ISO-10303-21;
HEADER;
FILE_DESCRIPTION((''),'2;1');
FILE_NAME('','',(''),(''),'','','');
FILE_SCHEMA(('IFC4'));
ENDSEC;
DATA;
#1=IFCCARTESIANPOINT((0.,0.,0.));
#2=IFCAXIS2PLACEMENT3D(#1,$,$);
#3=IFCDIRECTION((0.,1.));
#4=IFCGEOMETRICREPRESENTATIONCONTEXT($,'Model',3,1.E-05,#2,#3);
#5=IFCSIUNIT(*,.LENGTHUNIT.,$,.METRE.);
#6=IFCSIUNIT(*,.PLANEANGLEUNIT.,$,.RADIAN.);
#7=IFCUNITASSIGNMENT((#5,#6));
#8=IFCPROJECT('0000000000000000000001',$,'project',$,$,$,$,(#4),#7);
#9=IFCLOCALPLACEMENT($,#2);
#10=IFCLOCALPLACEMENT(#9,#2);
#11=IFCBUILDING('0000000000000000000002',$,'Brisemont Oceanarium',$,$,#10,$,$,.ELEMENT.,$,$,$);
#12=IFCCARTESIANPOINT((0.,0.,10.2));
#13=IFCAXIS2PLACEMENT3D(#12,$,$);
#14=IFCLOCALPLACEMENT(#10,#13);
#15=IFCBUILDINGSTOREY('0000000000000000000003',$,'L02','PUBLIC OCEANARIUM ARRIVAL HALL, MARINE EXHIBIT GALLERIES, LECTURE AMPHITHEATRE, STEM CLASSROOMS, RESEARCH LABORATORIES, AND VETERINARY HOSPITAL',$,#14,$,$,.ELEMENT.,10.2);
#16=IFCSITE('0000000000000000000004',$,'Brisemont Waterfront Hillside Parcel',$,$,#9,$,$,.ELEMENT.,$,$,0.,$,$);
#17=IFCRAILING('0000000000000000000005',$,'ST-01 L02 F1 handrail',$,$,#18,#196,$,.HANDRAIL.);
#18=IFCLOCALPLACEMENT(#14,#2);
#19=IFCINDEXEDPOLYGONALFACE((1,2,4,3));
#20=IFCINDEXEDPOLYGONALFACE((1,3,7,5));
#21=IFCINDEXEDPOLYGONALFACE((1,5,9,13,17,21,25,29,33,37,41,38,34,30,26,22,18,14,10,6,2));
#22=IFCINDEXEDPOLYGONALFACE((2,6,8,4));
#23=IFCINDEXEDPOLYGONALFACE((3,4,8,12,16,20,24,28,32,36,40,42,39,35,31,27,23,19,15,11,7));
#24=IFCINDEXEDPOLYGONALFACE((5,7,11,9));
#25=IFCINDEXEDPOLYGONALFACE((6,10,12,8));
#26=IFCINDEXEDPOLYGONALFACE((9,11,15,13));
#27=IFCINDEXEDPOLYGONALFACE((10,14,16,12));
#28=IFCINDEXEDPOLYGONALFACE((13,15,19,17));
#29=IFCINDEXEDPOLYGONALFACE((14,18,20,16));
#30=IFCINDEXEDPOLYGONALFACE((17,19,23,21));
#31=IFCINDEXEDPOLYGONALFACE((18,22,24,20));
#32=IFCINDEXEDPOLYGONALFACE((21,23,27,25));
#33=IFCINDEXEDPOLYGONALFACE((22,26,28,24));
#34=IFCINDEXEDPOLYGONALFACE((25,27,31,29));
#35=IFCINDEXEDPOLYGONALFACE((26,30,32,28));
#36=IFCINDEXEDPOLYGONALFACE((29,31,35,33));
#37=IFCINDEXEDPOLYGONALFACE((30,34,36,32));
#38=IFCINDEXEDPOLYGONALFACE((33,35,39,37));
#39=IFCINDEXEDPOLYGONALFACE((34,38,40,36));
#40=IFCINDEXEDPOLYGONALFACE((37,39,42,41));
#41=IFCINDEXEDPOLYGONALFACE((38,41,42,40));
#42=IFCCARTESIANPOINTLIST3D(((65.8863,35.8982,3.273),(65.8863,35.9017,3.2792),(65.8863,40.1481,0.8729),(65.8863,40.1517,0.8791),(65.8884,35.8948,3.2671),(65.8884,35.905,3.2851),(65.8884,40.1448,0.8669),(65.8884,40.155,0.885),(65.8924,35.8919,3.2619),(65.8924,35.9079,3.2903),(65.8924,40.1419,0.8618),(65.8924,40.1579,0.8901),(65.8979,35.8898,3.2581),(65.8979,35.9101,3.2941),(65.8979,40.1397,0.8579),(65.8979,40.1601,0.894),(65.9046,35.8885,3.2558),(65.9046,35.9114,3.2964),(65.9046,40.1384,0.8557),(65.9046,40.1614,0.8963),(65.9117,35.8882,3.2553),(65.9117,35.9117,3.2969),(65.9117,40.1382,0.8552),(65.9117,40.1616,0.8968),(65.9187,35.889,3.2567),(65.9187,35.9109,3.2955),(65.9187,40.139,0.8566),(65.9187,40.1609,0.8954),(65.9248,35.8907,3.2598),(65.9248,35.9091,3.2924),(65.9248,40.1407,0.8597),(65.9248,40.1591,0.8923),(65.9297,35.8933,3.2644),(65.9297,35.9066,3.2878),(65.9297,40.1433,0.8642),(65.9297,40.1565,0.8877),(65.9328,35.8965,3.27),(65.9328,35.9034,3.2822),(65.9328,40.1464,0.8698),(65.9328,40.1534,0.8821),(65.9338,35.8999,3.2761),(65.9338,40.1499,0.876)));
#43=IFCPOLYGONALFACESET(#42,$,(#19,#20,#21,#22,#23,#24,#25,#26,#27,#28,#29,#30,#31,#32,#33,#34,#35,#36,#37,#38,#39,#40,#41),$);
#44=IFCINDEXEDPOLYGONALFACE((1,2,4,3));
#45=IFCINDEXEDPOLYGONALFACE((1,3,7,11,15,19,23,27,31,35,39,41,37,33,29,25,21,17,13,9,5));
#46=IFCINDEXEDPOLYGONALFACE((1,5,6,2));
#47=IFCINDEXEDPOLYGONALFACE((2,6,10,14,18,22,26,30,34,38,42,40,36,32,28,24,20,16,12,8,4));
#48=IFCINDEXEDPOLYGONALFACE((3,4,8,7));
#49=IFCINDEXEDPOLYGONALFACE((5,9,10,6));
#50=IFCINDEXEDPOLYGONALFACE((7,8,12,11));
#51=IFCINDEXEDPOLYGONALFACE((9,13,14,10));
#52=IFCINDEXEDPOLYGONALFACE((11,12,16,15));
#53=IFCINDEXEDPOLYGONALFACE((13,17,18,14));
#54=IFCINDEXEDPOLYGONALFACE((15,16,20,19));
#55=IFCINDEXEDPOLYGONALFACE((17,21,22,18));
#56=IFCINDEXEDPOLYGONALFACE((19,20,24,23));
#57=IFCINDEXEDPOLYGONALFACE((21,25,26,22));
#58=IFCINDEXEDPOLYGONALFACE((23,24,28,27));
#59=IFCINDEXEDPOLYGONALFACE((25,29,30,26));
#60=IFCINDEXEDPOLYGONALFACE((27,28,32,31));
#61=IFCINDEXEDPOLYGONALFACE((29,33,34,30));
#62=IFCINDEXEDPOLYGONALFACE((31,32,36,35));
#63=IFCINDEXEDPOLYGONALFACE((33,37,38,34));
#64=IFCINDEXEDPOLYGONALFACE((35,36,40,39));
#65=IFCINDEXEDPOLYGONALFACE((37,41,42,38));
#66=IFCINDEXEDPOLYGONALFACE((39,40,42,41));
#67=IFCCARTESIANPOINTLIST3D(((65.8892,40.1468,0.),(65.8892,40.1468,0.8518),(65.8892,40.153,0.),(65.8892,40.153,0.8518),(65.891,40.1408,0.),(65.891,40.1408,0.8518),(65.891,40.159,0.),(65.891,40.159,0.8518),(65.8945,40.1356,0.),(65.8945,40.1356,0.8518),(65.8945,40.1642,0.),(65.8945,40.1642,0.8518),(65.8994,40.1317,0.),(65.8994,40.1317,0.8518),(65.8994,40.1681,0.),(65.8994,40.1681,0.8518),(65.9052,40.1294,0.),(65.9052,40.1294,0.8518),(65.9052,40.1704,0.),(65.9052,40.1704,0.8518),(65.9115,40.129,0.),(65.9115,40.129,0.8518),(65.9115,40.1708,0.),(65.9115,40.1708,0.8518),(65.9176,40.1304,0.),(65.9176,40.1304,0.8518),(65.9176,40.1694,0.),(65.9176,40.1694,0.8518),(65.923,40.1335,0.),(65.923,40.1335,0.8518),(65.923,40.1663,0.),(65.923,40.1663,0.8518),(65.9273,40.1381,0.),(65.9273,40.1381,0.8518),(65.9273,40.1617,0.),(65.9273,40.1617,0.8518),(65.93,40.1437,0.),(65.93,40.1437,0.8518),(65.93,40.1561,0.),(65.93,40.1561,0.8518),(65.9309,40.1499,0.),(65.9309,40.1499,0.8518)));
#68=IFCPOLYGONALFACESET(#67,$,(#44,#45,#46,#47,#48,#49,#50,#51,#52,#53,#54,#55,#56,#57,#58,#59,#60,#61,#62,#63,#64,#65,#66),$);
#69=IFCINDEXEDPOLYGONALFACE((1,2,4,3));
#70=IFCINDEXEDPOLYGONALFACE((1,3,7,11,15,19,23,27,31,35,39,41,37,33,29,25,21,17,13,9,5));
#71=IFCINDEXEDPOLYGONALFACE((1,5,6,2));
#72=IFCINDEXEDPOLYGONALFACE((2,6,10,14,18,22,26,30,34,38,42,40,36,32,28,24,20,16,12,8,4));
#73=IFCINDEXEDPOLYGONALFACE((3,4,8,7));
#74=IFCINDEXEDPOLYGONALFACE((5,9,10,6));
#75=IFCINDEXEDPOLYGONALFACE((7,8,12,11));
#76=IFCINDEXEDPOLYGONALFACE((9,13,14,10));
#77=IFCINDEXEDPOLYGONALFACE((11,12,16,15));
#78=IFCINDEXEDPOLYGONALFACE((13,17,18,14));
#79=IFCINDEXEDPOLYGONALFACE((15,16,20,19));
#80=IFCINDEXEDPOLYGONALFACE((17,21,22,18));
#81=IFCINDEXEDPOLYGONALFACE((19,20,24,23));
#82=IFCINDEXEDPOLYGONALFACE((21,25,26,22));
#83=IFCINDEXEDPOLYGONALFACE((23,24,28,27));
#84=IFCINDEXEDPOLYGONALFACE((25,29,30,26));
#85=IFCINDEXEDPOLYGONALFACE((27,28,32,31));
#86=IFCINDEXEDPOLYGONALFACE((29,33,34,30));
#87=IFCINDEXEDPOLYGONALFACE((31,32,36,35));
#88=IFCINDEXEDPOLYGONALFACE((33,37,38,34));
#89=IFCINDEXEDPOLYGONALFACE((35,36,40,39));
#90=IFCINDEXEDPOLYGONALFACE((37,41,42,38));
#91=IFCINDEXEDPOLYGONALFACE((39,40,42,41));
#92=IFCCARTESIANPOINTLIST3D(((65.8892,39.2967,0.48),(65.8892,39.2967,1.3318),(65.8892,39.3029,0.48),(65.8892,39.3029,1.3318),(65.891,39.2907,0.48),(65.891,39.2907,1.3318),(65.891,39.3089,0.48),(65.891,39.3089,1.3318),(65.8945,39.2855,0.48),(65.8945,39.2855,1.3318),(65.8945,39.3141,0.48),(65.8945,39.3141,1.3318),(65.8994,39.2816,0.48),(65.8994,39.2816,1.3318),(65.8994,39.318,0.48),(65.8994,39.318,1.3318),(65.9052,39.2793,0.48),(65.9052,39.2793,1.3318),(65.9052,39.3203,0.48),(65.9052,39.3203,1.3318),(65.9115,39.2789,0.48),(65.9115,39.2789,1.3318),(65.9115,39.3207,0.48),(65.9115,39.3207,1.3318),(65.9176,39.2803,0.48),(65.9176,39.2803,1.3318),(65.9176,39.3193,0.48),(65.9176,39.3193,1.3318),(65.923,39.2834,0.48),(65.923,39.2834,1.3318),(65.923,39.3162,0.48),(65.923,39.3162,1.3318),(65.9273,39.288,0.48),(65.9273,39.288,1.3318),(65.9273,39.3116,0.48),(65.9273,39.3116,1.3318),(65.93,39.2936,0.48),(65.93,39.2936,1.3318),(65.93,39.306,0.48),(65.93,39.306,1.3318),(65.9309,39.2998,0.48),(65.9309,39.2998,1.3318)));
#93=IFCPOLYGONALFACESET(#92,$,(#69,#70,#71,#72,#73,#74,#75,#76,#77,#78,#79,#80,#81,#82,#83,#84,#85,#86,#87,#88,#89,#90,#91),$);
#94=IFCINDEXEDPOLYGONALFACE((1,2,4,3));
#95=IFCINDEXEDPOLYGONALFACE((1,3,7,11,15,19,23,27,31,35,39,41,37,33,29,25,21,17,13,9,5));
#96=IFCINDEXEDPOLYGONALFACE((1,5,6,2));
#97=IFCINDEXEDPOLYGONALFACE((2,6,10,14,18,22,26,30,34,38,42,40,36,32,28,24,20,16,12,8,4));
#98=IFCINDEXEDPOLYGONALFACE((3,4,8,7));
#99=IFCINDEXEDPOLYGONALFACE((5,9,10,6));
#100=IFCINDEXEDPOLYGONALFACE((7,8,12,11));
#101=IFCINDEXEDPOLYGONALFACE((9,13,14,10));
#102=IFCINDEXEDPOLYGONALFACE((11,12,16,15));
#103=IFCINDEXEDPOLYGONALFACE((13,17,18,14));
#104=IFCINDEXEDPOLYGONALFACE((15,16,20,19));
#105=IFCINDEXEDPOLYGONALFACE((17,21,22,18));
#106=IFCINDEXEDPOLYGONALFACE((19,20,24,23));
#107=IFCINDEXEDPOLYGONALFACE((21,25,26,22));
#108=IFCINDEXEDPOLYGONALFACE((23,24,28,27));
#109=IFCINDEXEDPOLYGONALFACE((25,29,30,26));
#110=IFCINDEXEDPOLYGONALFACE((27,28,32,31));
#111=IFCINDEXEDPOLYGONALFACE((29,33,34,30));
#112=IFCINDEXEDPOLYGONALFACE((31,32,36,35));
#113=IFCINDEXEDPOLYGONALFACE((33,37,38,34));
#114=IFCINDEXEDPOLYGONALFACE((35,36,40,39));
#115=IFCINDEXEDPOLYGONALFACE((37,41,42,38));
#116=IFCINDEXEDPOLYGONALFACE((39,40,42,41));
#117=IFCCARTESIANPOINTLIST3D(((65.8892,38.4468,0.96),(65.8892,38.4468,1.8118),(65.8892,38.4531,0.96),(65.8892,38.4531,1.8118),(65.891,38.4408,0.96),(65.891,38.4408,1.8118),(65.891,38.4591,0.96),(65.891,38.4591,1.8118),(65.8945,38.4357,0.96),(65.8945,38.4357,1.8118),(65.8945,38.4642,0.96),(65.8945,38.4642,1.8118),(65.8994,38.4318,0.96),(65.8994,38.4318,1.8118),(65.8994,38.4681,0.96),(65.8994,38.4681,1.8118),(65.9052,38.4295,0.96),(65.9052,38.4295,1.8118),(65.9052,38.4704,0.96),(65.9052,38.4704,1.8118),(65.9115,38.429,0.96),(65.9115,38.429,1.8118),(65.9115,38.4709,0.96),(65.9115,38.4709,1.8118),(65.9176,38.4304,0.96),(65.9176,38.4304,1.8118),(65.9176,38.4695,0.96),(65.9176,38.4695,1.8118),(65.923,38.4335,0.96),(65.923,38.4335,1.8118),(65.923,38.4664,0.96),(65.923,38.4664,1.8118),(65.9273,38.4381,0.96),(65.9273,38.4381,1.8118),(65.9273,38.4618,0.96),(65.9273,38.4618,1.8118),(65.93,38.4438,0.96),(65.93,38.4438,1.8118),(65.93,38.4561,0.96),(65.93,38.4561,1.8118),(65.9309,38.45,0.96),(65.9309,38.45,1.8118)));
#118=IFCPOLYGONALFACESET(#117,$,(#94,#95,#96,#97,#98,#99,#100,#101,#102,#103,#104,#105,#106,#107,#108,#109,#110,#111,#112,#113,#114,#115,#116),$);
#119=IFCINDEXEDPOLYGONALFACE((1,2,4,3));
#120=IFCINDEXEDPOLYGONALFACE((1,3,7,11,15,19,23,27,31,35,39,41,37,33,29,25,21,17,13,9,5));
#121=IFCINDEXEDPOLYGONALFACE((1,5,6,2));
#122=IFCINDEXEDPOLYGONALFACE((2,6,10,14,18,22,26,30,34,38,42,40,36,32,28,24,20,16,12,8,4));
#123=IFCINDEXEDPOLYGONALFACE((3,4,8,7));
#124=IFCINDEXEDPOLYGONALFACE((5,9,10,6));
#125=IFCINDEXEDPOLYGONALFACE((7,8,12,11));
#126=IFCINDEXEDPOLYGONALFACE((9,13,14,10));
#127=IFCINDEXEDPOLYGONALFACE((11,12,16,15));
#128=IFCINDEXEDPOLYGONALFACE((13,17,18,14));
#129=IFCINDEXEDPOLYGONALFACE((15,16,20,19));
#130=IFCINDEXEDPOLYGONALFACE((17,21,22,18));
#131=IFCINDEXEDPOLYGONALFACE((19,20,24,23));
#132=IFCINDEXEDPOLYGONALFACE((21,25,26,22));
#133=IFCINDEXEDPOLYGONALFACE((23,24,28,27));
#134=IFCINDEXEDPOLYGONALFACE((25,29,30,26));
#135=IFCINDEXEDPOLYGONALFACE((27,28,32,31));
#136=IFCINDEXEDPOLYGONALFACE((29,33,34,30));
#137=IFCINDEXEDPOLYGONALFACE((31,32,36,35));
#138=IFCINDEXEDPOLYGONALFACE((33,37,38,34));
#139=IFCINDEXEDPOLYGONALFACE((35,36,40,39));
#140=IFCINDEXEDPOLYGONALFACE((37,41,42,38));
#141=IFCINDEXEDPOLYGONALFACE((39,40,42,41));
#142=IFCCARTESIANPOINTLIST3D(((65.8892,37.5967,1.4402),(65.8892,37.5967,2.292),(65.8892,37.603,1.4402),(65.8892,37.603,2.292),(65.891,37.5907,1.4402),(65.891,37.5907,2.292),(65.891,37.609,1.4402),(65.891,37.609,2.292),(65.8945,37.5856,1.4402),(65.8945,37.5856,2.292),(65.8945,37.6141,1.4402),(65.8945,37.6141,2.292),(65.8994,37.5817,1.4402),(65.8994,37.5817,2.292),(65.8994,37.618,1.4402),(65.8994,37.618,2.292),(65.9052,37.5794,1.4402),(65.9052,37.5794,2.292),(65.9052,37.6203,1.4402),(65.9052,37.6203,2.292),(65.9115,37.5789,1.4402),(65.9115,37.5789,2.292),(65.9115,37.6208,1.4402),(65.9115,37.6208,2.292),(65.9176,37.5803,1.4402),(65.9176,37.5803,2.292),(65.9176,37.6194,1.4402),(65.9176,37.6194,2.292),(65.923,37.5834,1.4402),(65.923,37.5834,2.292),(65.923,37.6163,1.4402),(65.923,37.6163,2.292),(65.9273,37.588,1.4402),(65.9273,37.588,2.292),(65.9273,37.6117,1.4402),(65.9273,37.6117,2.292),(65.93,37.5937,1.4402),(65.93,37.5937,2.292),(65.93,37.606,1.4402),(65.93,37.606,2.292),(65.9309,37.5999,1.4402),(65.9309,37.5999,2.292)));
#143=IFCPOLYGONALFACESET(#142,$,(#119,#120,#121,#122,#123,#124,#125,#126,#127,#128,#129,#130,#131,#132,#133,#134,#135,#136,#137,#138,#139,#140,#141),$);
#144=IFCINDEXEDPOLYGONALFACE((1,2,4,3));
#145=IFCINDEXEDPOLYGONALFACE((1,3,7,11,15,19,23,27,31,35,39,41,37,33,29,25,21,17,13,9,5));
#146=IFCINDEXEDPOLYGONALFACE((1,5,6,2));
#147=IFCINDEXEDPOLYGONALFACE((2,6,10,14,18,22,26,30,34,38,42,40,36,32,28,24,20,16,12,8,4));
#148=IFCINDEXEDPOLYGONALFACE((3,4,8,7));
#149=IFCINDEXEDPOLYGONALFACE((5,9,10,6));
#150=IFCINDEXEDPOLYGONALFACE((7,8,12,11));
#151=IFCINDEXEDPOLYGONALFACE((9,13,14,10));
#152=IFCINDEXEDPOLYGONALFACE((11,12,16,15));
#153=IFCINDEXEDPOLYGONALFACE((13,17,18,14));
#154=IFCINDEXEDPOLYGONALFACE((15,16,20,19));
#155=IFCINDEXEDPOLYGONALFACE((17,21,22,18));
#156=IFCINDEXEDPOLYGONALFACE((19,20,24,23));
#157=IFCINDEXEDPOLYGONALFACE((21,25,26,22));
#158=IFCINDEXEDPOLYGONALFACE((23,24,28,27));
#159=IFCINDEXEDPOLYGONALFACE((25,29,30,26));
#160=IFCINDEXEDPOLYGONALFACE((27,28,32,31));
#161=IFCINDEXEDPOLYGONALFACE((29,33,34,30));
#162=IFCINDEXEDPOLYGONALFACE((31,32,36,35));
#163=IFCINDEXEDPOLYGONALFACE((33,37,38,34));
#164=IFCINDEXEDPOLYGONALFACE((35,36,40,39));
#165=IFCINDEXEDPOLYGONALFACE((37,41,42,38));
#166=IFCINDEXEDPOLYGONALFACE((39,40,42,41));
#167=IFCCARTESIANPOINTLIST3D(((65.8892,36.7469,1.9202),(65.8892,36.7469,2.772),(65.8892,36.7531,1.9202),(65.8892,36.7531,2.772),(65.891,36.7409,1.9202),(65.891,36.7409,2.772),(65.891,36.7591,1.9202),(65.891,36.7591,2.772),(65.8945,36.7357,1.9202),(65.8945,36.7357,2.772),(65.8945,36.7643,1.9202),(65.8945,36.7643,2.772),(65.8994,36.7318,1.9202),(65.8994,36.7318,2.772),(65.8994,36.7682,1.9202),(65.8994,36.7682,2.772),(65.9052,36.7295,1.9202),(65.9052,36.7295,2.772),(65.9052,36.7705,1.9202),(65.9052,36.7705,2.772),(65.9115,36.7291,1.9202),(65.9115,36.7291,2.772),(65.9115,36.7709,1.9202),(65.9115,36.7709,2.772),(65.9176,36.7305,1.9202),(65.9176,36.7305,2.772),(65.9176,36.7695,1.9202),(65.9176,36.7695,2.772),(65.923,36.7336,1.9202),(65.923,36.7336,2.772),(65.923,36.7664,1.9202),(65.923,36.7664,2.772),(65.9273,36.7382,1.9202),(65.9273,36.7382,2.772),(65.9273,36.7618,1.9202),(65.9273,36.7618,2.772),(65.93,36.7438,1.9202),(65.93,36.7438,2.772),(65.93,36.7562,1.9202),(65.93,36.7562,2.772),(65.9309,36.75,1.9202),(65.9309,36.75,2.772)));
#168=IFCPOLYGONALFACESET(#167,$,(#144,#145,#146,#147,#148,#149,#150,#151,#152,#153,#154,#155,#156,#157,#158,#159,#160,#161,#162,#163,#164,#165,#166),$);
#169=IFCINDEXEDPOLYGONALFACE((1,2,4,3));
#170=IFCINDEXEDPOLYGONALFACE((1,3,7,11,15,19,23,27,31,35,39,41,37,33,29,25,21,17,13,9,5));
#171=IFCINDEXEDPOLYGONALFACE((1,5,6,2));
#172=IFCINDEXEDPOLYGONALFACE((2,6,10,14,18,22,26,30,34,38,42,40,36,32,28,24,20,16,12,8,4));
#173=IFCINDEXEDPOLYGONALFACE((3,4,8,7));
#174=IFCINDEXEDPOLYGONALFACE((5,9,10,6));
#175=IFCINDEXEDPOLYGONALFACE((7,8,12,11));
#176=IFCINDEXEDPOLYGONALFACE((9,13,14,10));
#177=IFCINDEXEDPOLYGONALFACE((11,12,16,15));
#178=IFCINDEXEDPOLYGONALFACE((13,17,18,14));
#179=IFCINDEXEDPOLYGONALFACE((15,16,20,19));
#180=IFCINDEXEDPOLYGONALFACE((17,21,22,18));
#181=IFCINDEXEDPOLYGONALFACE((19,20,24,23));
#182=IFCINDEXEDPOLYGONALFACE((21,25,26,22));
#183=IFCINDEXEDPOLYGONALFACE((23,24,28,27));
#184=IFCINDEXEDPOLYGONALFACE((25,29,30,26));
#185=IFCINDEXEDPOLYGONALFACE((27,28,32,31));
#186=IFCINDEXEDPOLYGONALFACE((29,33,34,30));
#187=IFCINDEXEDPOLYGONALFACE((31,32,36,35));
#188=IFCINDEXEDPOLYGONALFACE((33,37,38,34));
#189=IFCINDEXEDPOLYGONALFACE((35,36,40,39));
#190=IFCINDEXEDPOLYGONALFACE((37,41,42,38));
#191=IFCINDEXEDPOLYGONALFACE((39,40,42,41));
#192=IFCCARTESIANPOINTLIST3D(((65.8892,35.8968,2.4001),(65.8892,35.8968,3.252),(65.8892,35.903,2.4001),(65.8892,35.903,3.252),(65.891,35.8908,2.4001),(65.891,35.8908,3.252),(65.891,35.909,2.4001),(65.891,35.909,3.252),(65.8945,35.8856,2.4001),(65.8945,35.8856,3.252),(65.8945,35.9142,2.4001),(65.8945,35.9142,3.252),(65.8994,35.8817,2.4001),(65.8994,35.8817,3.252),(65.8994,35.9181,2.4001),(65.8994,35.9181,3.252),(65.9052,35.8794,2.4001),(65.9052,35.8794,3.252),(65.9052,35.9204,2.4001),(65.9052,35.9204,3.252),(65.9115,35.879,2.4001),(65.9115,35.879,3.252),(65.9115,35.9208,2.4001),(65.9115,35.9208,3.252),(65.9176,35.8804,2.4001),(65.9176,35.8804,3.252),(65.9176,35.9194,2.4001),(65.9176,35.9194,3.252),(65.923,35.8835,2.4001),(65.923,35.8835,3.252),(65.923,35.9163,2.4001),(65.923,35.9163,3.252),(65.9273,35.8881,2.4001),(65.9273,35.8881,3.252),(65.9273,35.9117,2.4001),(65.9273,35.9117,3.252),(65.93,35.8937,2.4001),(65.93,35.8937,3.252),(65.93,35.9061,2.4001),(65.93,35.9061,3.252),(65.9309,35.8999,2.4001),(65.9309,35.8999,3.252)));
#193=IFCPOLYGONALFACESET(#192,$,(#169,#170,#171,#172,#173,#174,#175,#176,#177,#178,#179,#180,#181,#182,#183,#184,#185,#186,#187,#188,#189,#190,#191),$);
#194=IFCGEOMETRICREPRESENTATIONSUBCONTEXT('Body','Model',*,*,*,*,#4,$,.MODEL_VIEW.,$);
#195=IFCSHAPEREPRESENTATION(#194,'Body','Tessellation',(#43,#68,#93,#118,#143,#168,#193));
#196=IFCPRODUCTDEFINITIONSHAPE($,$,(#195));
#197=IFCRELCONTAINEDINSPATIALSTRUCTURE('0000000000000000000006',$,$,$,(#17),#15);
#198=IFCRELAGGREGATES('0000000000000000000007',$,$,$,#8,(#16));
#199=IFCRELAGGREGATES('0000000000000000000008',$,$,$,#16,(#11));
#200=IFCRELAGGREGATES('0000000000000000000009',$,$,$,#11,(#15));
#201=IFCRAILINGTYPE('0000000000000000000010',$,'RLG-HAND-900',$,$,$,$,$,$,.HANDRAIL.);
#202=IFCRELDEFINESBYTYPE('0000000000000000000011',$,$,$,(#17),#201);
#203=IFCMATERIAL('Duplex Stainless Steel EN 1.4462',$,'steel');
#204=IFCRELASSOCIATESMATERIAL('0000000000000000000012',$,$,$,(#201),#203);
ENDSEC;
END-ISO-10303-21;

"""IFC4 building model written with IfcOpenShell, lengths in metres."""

from ifc_helpers import new_model, si_unit, direction, frame, origin, origin_2d, place, context, subcontext, project, spatial, circle, extrude, material, type_object, element, save


model = new_model("IFC4")

# Units and contexts
model_context = context("Model", 3, precision=1e-05, world=origin(), true_north=direction((0.0, 1.0)))
body_context = subcontext(model_context, "Body", "Model", "MODEL_VIEW")
ifc_project = project(units=[si_unit("LENGTHUNIT", "METRE"), si_unit("PLANEANGLEUNIT", "RADIAN")], contexts=[model_context])

# Site, building, storey
site_placement = place(None, origin())
site = spatial("IfcSite", under=ifc_project, at=site_placement, Name="Brisemont Waterfront Hillside Parcel", CompositionType="ELEMENT", RefElevation=0.0)
building_placement = place(site_placement, origin())
building = spatial("IfcBuilding", under=site, at=building_placement, Name="Brisemont Oceanarium", CompositionType="ELEMENT")
storey_placement = place(building_placement, frame((0.0, 0.0, 10.2)))
storey = spatial("IfcBuildingStorey", under=building, at=storey_placement, Name="L02", Description="PUBLIC OCEANARIUM ARRIVAL HALL, MARINE EXHIBIT GALLERIES, LECTURE AMPHITHEATRE, STEM CLASSROOMS, RESEARCH LABORATORIES, AND VETERINARY HOSPITAL", CompositionType="ELEMENT", Elevation=10.2)

# Railing
ifc_material_1 = material(Name="Duplex Stainless Steel EN 1.4462", Category="steel")
railing_type_1 = type_object("IfcRailingType", Name="RLG-HAND-900", PredefinedType="HANDRAIL", material=ifc_material_1)
railing_1_placement = place(storey_placement, frame((65.9099, 40.1499, 0.0)))
element("IfcRailing", 1, at=railing_1_placement, inside=storey, type_object=railing_type_1, Name="ST-01 L02 F1 handrail", PredefinedType="HANDRAIL", context=body_context, shape_type="SweptSolid", body=[
    extrude(circle(Radius=0.0239, at=origin_2d()), frame((0.0, 0.0, 0.876), z_axis=(0.0, -0.870741, 0.491742), x_axis=(1.0, 0.0, 0.0)), (0.0, 0.0, 1.0), 4.8809),
    extrude(circle(Radius=0.021, at=origin_2d()), origin(), (0.0, 0.0, 1.0), 0.8518),
    extrude(circle(Radius=0.021, at=origin_2d()), frame((0.0, -0.8501, 0.48)), (0.0, 0.0, 1.0), 0.8518),
    extrude(circle(Radius=0.021, at=origin_2d()), frame((0.0, -1.7, 0.96)), (0.0, 0.0, 1.0), 0.8518),
    extrude(circle(Radius=0.021, at=origin_2d()), frame((0.0, -2.55, 1.4402)), (0.0, 0.0, 1.0), 0.8518),
    extrude(circle(Radius=0.021, at=origin_2d()), frame((0.0, -3.3999, 1.9202)), (0.0, 0.0, 1.0), 0.8518),
    extrude(circle(Radius=0.021, at=origin_2d()), frame((0.0, -4.25, 2.4001)), (0.0, 0.0, 1.0), 0.8518),
])

save(model, "model.ifc")
